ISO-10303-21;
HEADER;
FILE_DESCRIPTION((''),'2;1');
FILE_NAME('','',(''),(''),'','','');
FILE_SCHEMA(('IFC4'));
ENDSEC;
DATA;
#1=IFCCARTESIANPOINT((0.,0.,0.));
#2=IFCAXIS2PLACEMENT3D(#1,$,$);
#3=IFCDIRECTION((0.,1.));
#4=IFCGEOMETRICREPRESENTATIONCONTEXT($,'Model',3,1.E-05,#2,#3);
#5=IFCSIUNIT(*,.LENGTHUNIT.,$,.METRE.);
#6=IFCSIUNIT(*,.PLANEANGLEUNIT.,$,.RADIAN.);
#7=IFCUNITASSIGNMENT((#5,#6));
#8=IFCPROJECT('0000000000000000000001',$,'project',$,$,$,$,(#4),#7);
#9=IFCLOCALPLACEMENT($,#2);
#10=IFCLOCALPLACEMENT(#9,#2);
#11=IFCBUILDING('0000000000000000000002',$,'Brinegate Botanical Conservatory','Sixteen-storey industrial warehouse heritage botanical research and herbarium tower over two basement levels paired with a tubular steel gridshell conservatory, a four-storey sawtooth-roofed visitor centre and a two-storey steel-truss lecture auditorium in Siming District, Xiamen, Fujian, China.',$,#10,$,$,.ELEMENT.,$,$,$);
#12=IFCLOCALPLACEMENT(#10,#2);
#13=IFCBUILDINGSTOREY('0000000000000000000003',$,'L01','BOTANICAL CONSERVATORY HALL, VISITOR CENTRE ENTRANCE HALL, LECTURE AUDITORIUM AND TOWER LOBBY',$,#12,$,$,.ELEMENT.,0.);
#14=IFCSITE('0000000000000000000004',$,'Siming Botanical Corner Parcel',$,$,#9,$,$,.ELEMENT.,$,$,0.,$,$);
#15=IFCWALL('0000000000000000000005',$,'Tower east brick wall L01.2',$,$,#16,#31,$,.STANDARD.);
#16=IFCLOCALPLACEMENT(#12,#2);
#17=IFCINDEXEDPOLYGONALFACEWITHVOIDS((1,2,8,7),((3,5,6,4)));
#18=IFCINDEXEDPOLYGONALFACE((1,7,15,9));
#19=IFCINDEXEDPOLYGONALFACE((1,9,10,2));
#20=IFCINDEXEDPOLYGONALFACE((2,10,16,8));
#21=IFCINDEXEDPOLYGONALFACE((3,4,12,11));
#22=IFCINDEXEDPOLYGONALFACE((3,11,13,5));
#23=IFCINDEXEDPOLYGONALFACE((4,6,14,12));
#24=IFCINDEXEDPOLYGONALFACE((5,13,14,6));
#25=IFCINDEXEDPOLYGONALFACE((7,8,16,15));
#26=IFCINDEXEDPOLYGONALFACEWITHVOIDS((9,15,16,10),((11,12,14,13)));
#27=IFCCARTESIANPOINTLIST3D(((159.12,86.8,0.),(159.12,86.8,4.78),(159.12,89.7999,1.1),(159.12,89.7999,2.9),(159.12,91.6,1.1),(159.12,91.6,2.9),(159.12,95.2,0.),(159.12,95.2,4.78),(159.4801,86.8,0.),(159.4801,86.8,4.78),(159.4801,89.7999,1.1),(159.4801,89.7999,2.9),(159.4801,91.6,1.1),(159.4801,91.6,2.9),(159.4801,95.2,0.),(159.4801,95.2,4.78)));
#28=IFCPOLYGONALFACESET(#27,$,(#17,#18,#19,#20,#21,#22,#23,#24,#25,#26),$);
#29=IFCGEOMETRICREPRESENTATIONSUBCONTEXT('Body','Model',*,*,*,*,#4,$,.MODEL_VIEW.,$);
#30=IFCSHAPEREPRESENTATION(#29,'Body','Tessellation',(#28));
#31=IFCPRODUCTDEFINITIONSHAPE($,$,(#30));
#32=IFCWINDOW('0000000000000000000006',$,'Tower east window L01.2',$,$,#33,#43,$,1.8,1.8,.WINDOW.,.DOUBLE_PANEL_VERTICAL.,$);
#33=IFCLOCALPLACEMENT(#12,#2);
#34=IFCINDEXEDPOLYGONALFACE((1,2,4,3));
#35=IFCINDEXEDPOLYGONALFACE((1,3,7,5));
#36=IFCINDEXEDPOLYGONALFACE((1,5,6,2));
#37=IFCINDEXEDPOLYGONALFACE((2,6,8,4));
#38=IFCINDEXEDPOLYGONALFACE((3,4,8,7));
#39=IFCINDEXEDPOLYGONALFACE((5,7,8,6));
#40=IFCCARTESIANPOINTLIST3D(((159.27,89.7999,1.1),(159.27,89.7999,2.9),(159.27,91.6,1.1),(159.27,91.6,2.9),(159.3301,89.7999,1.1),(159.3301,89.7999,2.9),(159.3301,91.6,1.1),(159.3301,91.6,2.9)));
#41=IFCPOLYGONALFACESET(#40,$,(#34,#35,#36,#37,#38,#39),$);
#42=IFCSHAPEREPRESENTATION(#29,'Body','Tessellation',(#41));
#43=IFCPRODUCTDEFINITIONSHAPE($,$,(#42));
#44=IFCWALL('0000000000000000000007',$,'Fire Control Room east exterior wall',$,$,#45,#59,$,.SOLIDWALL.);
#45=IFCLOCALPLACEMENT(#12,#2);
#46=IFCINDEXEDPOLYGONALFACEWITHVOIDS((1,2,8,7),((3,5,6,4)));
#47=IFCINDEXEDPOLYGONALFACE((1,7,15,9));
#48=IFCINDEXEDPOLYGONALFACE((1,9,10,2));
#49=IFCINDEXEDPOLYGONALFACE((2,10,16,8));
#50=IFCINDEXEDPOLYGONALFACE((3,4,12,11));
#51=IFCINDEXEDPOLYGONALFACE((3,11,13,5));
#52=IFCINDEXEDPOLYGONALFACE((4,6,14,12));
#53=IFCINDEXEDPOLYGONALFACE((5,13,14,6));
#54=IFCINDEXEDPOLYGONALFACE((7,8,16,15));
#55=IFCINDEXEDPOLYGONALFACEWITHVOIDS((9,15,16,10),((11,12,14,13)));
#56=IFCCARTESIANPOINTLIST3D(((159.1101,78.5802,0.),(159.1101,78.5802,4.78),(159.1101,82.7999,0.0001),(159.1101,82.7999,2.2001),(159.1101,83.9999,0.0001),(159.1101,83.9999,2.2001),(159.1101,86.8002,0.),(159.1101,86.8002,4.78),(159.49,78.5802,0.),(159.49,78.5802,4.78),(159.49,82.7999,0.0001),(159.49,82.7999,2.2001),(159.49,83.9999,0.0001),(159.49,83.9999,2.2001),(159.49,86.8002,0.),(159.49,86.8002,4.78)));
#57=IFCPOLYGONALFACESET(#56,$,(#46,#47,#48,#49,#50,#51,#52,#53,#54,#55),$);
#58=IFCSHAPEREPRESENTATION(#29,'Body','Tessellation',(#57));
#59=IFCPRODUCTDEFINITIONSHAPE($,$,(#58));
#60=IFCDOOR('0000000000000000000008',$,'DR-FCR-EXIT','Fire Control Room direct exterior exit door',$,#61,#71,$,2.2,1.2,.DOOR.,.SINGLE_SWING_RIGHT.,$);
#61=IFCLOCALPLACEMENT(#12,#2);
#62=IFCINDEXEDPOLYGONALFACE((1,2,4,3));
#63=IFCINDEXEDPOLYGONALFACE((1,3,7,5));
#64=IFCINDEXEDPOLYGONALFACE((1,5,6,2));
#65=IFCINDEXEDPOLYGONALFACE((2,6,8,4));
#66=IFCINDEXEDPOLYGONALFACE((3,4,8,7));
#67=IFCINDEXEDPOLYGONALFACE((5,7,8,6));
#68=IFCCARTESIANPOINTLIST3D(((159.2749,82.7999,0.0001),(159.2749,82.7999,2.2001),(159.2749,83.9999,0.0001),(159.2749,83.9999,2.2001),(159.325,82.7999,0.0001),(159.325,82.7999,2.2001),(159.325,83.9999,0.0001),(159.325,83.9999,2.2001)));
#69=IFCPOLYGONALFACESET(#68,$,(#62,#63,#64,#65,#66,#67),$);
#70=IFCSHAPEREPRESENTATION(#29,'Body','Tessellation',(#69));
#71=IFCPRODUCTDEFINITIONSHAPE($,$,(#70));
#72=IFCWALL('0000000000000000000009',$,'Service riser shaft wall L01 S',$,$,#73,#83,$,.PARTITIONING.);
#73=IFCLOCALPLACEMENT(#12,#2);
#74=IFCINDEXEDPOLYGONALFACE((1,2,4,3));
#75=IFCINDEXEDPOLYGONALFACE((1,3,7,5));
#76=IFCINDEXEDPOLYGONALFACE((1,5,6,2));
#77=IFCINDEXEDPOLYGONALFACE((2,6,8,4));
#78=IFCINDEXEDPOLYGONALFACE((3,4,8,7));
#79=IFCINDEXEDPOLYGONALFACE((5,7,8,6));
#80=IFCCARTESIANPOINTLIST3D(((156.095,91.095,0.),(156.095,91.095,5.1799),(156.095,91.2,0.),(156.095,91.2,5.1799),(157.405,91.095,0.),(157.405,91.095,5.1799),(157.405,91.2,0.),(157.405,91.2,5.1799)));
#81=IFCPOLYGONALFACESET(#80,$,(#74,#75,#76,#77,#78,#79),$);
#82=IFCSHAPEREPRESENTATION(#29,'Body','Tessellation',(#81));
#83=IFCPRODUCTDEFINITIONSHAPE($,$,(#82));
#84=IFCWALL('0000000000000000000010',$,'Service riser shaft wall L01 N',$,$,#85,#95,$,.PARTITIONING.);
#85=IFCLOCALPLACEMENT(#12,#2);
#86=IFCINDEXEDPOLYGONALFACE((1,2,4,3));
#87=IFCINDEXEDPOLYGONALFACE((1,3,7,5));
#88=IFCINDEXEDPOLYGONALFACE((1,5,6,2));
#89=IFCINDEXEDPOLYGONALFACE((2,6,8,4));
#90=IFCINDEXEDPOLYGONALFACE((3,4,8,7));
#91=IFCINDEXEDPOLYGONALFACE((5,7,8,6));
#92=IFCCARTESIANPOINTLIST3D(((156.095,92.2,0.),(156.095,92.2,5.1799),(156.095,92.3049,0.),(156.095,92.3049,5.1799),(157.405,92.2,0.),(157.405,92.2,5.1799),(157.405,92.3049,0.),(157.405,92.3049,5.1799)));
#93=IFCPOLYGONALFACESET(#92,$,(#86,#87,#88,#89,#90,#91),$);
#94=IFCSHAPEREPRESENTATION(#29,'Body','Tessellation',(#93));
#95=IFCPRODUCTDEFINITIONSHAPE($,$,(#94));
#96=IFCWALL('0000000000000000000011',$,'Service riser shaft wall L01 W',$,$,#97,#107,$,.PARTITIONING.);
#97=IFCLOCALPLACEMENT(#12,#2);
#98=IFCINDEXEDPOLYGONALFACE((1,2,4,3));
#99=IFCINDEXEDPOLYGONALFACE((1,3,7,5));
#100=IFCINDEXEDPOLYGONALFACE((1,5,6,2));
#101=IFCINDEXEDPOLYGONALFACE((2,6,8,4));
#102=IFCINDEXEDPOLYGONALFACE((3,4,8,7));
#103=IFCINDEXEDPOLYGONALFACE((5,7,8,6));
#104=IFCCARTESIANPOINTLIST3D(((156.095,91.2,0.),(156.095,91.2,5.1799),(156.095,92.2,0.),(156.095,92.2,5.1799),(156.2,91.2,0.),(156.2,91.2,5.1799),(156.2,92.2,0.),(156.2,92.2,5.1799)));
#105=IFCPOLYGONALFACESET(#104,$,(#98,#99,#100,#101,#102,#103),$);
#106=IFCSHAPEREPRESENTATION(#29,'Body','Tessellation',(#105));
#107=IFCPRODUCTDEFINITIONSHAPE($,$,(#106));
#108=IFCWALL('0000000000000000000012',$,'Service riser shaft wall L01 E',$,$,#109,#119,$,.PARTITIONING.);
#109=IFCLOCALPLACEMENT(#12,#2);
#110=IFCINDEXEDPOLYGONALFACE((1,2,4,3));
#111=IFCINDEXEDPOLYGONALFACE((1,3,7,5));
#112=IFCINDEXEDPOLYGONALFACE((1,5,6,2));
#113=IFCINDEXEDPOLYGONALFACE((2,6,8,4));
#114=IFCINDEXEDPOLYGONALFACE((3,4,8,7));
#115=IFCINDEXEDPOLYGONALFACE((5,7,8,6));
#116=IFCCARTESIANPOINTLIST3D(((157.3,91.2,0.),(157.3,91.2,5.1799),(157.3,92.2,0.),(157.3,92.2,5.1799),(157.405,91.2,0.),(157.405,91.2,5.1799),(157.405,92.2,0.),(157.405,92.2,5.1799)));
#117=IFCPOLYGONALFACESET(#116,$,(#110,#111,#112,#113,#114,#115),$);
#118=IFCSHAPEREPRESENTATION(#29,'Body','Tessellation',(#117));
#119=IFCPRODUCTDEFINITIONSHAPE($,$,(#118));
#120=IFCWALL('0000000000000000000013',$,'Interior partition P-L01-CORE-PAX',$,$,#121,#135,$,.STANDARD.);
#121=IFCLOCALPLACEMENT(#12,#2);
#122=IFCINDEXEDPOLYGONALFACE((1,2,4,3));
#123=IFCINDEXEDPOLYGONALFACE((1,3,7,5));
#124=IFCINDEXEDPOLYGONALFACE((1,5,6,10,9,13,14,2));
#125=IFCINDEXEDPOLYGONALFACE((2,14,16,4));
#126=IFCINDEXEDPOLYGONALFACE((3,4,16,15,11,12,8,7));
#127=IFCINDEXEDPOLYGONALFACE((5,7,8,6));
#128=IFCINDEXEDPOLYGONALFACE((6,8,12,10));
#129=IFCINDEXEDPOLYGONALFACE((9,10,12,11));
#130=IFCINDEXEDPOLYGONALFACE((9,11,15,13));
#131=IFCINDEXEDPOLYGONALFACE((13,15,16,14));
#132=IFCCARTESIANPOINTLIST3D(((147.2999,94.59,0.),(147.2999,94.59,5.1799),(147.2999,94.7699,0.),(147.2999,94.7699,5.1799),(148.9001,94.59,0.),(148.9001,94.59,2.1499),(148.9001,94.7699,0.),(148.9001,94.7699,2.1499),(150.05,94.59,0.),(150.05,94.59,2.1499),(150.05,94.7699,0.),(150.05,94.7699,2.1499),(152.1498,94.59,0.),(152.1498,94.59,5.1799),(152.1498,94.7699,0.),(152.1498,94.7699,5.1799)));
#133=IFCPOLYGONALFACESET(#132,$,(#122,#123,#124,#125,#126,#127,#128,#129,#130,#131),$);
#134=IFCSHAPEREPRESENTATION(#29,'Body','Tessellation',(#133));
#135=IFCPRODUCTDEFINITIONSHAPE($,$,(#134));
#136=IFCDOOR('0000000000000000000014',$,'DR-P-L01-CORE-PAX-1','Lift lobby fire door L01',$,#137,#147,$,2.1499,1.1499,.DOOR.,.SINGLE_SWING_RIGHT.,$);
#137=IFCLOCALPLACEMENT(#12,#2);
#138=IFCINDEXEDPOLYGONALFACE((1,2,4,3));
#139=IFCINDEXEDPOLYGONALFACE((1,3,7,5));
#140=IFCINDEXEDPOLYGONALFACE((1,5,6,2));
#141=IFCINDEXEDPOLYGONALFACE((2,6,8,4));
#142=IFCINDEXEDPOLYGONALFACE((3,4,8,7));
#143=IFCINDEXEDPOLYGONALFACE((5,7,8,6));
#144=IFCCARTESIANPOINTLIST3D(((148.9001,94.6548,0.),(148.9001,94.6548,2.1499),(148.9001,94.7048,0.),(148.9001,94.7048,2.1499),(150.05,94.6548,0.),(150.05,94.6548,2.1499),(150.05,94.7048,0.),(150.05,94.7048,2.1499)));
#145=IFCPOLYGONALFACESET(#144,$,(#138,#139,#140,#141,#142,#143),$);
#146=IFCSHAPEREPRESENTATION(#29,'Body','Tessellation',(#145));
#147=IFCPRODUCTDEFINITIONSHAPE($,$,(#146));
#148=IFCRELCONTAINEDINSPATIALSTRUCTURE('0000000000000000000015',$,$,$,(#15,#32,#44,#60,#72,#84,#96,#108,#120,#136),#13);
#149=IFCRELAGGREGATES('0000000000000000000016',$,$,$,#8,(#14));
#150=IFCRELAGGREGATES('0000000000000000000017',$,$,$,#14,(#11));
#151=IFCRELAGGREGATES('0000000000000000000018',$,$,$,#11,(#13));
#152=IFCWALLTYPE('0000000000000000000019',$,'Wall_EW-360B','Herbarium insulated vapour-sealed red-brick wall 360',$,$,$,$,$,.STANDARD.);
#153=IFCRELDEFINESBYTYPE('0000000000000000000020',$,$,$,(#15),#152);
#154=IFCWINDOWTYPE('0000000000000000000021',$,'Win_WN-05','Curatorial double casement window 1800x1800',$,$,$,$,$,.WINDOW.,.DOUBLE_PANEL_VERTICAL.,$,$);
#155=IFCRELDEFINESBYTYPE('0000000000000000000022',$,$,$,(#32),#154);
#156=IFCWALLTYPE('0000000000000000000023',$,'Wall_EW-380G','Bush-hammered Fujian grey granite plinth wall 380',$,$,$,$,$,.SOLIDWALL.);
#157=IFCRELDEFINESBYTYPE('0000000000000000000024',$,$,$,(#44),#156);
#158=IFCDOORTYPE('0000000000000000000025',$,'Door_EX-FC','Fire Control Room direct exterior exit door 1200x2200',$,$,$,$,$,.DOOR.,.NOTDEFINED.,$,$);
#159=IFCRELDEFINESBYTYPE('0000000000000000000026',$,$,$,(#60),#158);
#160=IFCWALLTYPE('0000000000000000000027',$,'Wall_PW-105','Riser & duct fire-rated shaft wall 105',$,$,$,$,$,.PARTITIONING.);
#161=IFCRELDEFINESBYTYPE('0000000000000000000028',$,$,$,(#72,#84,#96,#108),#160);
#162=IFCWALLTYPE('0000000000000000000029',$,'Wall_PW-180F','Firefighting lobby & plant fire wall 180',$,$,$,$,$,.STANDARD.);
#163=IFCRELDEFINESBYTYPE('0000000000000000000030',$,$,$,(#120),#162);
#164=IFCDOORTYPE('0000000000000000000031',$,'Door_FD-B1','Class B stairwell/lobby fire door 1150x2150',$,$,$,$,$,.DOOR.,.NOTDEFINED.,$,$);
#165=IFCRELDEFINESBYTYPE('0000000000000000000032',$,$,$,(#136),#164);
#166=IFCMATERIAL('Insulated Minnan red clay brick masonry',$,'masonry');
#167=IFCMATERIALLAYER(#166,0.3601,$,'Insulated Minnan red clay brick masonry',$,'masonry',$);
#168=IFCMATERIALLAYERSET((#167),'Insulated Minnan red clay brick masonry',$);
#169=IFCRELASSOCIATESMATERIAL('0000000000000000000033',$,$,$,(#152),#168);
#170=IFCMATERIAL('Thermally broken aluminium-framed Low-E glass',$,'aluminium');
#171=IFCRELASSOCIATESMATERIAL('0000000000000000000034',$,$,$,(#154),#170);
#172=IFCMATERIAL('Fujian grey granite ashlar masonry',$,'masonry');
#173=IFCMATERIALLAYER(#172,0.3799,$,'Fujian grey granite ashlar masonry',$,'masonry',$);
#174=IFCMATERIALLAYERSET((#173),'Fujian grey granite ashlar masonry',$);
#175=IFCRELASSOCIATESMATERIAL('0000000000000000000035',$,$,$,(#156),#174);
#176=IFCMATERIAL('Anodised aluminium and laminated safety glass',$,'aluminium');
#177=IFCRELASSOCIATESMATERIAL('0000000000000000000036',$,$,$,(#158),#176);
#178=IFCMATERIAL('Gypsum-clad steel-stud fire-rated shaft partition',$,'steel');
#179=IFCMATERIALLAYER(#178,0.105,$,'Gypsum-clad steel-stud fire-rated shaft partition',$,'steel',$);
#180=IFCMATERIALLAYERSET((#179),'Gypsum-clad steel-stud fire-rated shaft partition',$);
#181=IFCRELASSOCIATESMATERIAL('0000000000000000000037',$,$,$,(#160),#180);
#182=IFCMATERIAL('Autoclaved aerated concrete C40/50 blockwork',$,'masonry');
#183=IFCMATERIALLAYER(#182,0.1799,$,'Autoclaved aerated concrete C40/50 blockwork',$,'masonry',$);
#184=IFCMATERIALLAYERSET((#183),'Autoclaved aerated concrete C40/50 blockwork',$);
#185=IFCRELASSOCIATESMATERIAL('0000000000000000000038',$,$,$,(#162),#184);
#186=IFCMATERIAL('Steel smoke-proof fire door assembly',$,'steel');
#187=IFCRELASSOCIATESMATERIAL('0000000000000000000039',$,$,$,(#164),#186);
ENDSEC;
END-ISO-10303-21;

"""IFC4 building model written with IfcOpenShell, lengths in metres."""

from ifc_helpers import new_model, si_unit, direction, frame, frame_2d, origin, place, context, subcontext, project, spatial, rectangle, extrude, material, layer, layer_set, type_object, element, fill, save


model = new_model("IFC4")

# Units and contexts
model_context = context("Model", 3, precision=1e-05, world=origin(), true_north=direction((0.0, 1.0)))
body_context = subcontext(model_context, "Body", "Model", "MODEL_VIEW")
ifc_project = project(units=[si_unit("LENGTHUNIT", "METRE"), si_unit("PLANEANGLEUNIT", "RADIAN")], contexts=[model_context])

# Site, building, storey
site_placement = place(None, origin())
site = spatial("IfcSite", under=ifc_project, at=site_placement, Name="Siming Botanical Corner Parcel", CompositionType="ELEMENT", RefElevation=0.0)
building_placement = place(site_placement, origin())
building = spatial("IfcBuilding", under=site, at=building_placement, Name="Brinegate Botanical Conservatory", Description="Sixteen-storey industrial warehouse heritage botanical research and herbarium tower over two basement levels paired with a tubular steel gridshell conservatory, a four-storey sawtooth-roofed visitor centre and a two-storey steel-truss lecture auditorium in Siming District, Xiamen, Fujian, China.", CompositionType="ELEMENT")
storey_placement = place(building_placement, origin())
storey = spatial("IfcBuildingStorey", under=building, at=storey_placement, Name="L01", Description="BOTANICAL CONSERVATORY HALL, VISITOR CENTRE ENTRANCE HALL, LECTURE AUDITORIUM AND TOWER LOBBY", CompositionType="ELEMENT", Elevation=0.0)

# Wall, opening, window
ifc_material_1 = material(Name="Insulated Minnan red clay brick masonry", Category="masonry")
ifc_layer_1 = layer(ifc_material_1, 0.3601, Name="Insulated Minnan red clay brick masonry", Category="masonry")
ifc_layer_set_1 = layer_set([ifc_layer_1], Name="Insulated Minnan red clay brick masonry")
wall_type_1 = type_object("IfcWallType", Name="Wall_EW-360B", Description="Herbarium insulated vapour-sealed red-brick wall 360", PredefinedType="STANDARD", material=ifc_layer_set_1)
wall_1_placement = place(storey_placement, frame((159.3, 95.2, 0.0), z_axis=(0.0, 0.0, 1.0), x_axis=(0.0, -1.0, 0.0)))
wall_1 = element("IfcWall", 1, at=wall_1_placement, inside=storey, type_object=wall_type_1, Name="Tower east brick wall L01.2", PredefinedType="STANDARD", context=body_context, shape_type="SweptSolid", body=[
    extrude(rectangle(XDim=8.3999, YDim=0.3601, at=frame_2d((4.2, 0.0))), origin(), (0.0, 0.0, 1.0), 4.78),
])
opening_1_placement = place(wall_1_placement, frame((3.6001, 0.0, 1.1001)))
opening_1 = element("IfcOpeningElement", 2, at=opening_1_placement, cuts=wall_1, PredefinedType="OPENING", context=body_context, shape_type="SweptSolid", body=[
    extrude(rectangle(XDim=1.8, YDim=1.8, at=frame_2d((0.8999, 0.8999))), frame((0.0, 0.1899, 0.0), z_axis=(0.0, -1.0, 0.0), x_axis=(1.0, 0.0, 0.0)), (0.0, 0.0, 1.0), 0.3801),
])
ifc_material_2 = material(Name="Thermally broken aluminium-framed Low-E glass", Category="aluminium")
window_type = type_object("IfcWindowType", Name="Win_WN-05", Description="Curatorial double casement window 1800x1800", PartitioningType="DOUBLE_PANEL_VERTICAL", PredefinedType="WINDOW", material=ifc_material_2)
window_placement = place(opening_1_placement, origin())
window = element("IfcWindow", 3, at=window_placement, inside=storey, type_object=window_type, Name="Tower east window L01.2", OverallHeight=1.8, OverallWidth=1.8, PartitioningType="DOUBLE_PANEL_VERTICAL", PredefinedType="WINDOW", context=body_context, shape_type="SweptSolid", body=[
    extrude(rectangle(XDim=1.8, YDim=1.8, at=frame_2d((0.8999, 0.8999))), frame((0.0, 0.03, 0.0), z_axis=(0.0, -1.0, 0.0), x_axis=(1.0, 0.0, 0.0)), (0.0, 0.0, 1.0), 0.0601),
])
fill(opening_1, window)

# Wall, opening, door
ifc_material_3 = material(Name="Fujian grey granite ashlar masonry", Category="masonry")
ifc_layer_2 = layer(ifc_material_3, 0.3799, Name="Fujian grey granite ashlar masonry", Category="masonry")
ifc_layer_set_2 = layer_set([ifc_layer_2], Name="Fujian grey granite ashlar masonry")
wall_type_2 = type_object("IfcWallType", Name="Wall_EW-380G", Description="Bush-hammered Fujian grey granite plinth wall 380", PredefinedType="SOLIDWALL", material=ifc_layer_set_2)
wall_2_placement = place(storey_placement, frame((159.3, 86.8, 0.0), z_axis=(0.0, 0.0, 1.0), x_axis=(0.0, -1.0, 0.0)))
wall_2 = element("IfcWall", 4, at=wall_2_placement, inside=storey, type_object=wall_type_2, Name="Fire Control Room east exterior wall", PredefinedType="SOLIDWALL", context=body_context, shape_type="SweptSolid", body=[
    extrude(rectangle(XDim=8.22, YDim=0.3799, at=frame_2d((4.1099, 0.0))), origin(), (0.0, 0.0, 1.0), 4.78),
])
opening_2_placement = place(wall_2_placement, frame((2.8, 0.0, 0.0)))
opening_2 = element("IfcOpeningElement", 5, at=opening_2_placement, cuts=wall_2, PredefinedType="OPENING", context=body_context, shape_type="SweptSolid", body=[
    extrude(rectangle(XDim=1.2, YDim=2.2, at=frame_2d((0.6001, 1.1001))), frame((0.0, 0.2, 0.0), z_axis=(0.0, -1.0, 0.0), x_axis=(1.0, 0.0, 0.0)), (0.0, 0.0, 1.0), 0.3999),
])
ifc_material_4 = material(Name="Anodised aluminium and laminated safety glass", Category="aluminium")
door_type_1 = type_object("IfcDoorType", Name="Door_EX-FC", Description="Fire Control Room direct exterior exit door 1200x2200", OperationType="NOTDEFINED", PredefinedType="DOOR", material=ifc_material_4)
door_1_placement = place(opening_2_placement, origin())
door_1 = element("IfcDoor", 6, at=door_1_placement, inside=storey, type_object=door_type_1, Name="DR-FCR-EXIT", Description="Fire Control Room direct exterior exit door", OperationType="SINGLE_SWING_RIGHT", OverallHeight=2.2, OverallWidth=1.2, PredefinedType="DOOR", context=body_context, shape_type="SweptSolid", body=[
    extrude(rectangle(XDim=1.2, YDim=2.2, at=frame_2d((0.6001, 1.1001))), frame((0.0, 0.0249, 0.0), z_axis=(0.0, -1.0, 0.0), x_axis=(1.0, 0.0, 0.0)), (0.0, 0.0, 1.0), 0.05),
])
fill(opening_2, door_1)

# Walls
ifc_material_5 = material(Name="Gypsum-clad steel-stud fire-rated shaft partition", Category="steel")
ifc_layer_3 = layer(ifc_material_5, 0.105, Name="Gypsum-clad steel-stud fire-rated shaft partition", Category="steel")
ifc_layer_set_3 = layer_set([ifc_layer_3], Name="Gypsum-clad steel-stud fire-rated shaft partition")
wall_type_3 = type_object("IfcWallType", Name="Wall_PW-105", Description="Riser & duct fire-rated shaft wall 105", PredefinedType="PARTITIONING", material=ifc_layer_set_3)
for number, where, z_axis, x_axis, name in (
    (7, (156.095, 91.1475, 0.0), (0.0, 0.0, 1.0), (1.0, 0.0, 0.0), "Service riser shaft wall L01 S"),
    (8, (156.095, 92.2524, 0.0), (0.0, 0.0, 1.0), (1.0, 0.0, 0.0), "Service riser shaft wall L01 N"),
):
    element("IfcWall", number, at=place(storey_placement, frame(where, z_axis=z_axis, x_axis=x_axis)), inside=storey, type_object=wall_type_3, Name=name, PredefinedType="PARTITIONING", context=body_context, shape_type="SweptSolid", body=[
        extrude(rectangle(XDim=1.3101, YDim=0.105, at=frame_2d((0.655, 0.0))), origin(), (0.0, 0.0, 1.0), 5.1799),
    ])
for number, where, z_axis, x_axis, name in (
    (9, (156.1475, 91.2, 0.0), (0.0, 0.0, 1.0), (0.0, 1.0, 0.0), "Service riser shaft wall L01 W"),
    (10, (157.3525, 91.2, 0.0), (0.0, 0.0, 1.0), (0.0, 1.0, 0.0), "Service riser shaft wall L01 E"),
):
    element("IfcWall", number, at=place(storey_placement, frame(where, z_axis=z_axis, x_axis=x_axis)), inside=storey, type_object=wall_type_3, Name=name, PredefinedType="PARTITIONING", context=body_context, shape_type="SweptSolid", body=[
        extrude(rectangle(XDim=1.0, YDim=0.105, at=frame_2d((0.5, 0.0))), origin(), (0.0, 0.0, 1.0), 5.1799),
    ])

# Wall, opening, door
ifc_material_6 = material(Name="Autoclaved aerated concrete C40/50 blockwork", Category="masonry")
ifc_layer_4 = layer(ifc_material_6, 0.1799, Name="Autoclaved aerated concrete C40/50 blockwork", Category="masonry")
ifc_layer_set_4 = layer_set([ifc_layer_4], Name="Autoclaved aerated concrete C40/50 blockwork")
wall_type_4 = type_object("IfcWallType", Name="Wall_PW-180F", Description="Firefighting lobby & plant fire wall 180", PredefinedType="STANDARD", material=ifc_layer_set_4)
wall_3_placement = place(storey_placement, frame((147.3, 94.6799, 0.0), z_axis=(0.0, 0.0, 1.0), x_axis=(1.0, 0.0, 0.0)))
wall_3 = element("IfcWall", 11, at=wall_3_placement, inside=storey, type_object=wall_type_4, Name="Interior partition P-L01-CORE-PAX", PredefinedType="STANDARD", context=body_context, shape_type="SweptSolid", body=[
    extrude(rectangle(XDim=4.8499, YDim=0.1799, at=frame_2d((2.4248, 0.0))), origin(), (0.0, 0.0, 1.0), 5.1799),
])
opening_3_placement = place(wall_3_placement, frame((1.6001, 0.0, 0.0)))
opening_3 = element("IfcOpeningElement", 12, at=opening_3_placement, cuts=wall_3, PredefinedType="OPENING", context=body_context, shape_type="SweptSolid", body=[
    extrude(rectangle(XDim=1.1499, YDim=2.1499, at=frame_2d((0.575, 1.075))), frame((0.0, 0.0999, 0.0), z_axis=(0.0, -1.0, 0.0), x_axis=(1.0, 0.0, 0.0)), (0.0, 0.0, 1.0), 0.2),
])
ifc_material_7 = material(Name="Steel smoke-proof fire door assembly", Category="steel")
door_type_2 = type_object("IfcDoorType", Name="Door_FD-B1", Description="Class B stairwell/lobby fire door 1150x2150", OperationType="NOTDEFINED", PredefinedType="DOOR", material=ifc_material_7)
door_2_placement = place(opening_3_placement, origin())
door_2 = element("IfcDoor", 13, at=door_2_placement, inside=storey, type_object=door_type_2, Name="DR-P-L01-CORE-PAX-1", Description="Lift lobby fire door L01", OperationType="SINGLE_SWING_RIGHT", OverallHeight=2.1499, OverallWidth=1.1499, PredefinedType="DOOR", context=body_context, shape_type="SweptSolid", body=[
    extrude(rectangle(XDim=1.1499, YDim=2.1499, at=frame_2d((0.575, 1.075))), frame((0.0, 0.0249, 0.0), z_axis=(0.0, -1.0, 0.0), x_axis=(1.0, 0.0, 0.0)), (0.0, 0.0, 1.0), 0.05),
])
fill(opening_3, door_2)

save(model, "model.ifc")
